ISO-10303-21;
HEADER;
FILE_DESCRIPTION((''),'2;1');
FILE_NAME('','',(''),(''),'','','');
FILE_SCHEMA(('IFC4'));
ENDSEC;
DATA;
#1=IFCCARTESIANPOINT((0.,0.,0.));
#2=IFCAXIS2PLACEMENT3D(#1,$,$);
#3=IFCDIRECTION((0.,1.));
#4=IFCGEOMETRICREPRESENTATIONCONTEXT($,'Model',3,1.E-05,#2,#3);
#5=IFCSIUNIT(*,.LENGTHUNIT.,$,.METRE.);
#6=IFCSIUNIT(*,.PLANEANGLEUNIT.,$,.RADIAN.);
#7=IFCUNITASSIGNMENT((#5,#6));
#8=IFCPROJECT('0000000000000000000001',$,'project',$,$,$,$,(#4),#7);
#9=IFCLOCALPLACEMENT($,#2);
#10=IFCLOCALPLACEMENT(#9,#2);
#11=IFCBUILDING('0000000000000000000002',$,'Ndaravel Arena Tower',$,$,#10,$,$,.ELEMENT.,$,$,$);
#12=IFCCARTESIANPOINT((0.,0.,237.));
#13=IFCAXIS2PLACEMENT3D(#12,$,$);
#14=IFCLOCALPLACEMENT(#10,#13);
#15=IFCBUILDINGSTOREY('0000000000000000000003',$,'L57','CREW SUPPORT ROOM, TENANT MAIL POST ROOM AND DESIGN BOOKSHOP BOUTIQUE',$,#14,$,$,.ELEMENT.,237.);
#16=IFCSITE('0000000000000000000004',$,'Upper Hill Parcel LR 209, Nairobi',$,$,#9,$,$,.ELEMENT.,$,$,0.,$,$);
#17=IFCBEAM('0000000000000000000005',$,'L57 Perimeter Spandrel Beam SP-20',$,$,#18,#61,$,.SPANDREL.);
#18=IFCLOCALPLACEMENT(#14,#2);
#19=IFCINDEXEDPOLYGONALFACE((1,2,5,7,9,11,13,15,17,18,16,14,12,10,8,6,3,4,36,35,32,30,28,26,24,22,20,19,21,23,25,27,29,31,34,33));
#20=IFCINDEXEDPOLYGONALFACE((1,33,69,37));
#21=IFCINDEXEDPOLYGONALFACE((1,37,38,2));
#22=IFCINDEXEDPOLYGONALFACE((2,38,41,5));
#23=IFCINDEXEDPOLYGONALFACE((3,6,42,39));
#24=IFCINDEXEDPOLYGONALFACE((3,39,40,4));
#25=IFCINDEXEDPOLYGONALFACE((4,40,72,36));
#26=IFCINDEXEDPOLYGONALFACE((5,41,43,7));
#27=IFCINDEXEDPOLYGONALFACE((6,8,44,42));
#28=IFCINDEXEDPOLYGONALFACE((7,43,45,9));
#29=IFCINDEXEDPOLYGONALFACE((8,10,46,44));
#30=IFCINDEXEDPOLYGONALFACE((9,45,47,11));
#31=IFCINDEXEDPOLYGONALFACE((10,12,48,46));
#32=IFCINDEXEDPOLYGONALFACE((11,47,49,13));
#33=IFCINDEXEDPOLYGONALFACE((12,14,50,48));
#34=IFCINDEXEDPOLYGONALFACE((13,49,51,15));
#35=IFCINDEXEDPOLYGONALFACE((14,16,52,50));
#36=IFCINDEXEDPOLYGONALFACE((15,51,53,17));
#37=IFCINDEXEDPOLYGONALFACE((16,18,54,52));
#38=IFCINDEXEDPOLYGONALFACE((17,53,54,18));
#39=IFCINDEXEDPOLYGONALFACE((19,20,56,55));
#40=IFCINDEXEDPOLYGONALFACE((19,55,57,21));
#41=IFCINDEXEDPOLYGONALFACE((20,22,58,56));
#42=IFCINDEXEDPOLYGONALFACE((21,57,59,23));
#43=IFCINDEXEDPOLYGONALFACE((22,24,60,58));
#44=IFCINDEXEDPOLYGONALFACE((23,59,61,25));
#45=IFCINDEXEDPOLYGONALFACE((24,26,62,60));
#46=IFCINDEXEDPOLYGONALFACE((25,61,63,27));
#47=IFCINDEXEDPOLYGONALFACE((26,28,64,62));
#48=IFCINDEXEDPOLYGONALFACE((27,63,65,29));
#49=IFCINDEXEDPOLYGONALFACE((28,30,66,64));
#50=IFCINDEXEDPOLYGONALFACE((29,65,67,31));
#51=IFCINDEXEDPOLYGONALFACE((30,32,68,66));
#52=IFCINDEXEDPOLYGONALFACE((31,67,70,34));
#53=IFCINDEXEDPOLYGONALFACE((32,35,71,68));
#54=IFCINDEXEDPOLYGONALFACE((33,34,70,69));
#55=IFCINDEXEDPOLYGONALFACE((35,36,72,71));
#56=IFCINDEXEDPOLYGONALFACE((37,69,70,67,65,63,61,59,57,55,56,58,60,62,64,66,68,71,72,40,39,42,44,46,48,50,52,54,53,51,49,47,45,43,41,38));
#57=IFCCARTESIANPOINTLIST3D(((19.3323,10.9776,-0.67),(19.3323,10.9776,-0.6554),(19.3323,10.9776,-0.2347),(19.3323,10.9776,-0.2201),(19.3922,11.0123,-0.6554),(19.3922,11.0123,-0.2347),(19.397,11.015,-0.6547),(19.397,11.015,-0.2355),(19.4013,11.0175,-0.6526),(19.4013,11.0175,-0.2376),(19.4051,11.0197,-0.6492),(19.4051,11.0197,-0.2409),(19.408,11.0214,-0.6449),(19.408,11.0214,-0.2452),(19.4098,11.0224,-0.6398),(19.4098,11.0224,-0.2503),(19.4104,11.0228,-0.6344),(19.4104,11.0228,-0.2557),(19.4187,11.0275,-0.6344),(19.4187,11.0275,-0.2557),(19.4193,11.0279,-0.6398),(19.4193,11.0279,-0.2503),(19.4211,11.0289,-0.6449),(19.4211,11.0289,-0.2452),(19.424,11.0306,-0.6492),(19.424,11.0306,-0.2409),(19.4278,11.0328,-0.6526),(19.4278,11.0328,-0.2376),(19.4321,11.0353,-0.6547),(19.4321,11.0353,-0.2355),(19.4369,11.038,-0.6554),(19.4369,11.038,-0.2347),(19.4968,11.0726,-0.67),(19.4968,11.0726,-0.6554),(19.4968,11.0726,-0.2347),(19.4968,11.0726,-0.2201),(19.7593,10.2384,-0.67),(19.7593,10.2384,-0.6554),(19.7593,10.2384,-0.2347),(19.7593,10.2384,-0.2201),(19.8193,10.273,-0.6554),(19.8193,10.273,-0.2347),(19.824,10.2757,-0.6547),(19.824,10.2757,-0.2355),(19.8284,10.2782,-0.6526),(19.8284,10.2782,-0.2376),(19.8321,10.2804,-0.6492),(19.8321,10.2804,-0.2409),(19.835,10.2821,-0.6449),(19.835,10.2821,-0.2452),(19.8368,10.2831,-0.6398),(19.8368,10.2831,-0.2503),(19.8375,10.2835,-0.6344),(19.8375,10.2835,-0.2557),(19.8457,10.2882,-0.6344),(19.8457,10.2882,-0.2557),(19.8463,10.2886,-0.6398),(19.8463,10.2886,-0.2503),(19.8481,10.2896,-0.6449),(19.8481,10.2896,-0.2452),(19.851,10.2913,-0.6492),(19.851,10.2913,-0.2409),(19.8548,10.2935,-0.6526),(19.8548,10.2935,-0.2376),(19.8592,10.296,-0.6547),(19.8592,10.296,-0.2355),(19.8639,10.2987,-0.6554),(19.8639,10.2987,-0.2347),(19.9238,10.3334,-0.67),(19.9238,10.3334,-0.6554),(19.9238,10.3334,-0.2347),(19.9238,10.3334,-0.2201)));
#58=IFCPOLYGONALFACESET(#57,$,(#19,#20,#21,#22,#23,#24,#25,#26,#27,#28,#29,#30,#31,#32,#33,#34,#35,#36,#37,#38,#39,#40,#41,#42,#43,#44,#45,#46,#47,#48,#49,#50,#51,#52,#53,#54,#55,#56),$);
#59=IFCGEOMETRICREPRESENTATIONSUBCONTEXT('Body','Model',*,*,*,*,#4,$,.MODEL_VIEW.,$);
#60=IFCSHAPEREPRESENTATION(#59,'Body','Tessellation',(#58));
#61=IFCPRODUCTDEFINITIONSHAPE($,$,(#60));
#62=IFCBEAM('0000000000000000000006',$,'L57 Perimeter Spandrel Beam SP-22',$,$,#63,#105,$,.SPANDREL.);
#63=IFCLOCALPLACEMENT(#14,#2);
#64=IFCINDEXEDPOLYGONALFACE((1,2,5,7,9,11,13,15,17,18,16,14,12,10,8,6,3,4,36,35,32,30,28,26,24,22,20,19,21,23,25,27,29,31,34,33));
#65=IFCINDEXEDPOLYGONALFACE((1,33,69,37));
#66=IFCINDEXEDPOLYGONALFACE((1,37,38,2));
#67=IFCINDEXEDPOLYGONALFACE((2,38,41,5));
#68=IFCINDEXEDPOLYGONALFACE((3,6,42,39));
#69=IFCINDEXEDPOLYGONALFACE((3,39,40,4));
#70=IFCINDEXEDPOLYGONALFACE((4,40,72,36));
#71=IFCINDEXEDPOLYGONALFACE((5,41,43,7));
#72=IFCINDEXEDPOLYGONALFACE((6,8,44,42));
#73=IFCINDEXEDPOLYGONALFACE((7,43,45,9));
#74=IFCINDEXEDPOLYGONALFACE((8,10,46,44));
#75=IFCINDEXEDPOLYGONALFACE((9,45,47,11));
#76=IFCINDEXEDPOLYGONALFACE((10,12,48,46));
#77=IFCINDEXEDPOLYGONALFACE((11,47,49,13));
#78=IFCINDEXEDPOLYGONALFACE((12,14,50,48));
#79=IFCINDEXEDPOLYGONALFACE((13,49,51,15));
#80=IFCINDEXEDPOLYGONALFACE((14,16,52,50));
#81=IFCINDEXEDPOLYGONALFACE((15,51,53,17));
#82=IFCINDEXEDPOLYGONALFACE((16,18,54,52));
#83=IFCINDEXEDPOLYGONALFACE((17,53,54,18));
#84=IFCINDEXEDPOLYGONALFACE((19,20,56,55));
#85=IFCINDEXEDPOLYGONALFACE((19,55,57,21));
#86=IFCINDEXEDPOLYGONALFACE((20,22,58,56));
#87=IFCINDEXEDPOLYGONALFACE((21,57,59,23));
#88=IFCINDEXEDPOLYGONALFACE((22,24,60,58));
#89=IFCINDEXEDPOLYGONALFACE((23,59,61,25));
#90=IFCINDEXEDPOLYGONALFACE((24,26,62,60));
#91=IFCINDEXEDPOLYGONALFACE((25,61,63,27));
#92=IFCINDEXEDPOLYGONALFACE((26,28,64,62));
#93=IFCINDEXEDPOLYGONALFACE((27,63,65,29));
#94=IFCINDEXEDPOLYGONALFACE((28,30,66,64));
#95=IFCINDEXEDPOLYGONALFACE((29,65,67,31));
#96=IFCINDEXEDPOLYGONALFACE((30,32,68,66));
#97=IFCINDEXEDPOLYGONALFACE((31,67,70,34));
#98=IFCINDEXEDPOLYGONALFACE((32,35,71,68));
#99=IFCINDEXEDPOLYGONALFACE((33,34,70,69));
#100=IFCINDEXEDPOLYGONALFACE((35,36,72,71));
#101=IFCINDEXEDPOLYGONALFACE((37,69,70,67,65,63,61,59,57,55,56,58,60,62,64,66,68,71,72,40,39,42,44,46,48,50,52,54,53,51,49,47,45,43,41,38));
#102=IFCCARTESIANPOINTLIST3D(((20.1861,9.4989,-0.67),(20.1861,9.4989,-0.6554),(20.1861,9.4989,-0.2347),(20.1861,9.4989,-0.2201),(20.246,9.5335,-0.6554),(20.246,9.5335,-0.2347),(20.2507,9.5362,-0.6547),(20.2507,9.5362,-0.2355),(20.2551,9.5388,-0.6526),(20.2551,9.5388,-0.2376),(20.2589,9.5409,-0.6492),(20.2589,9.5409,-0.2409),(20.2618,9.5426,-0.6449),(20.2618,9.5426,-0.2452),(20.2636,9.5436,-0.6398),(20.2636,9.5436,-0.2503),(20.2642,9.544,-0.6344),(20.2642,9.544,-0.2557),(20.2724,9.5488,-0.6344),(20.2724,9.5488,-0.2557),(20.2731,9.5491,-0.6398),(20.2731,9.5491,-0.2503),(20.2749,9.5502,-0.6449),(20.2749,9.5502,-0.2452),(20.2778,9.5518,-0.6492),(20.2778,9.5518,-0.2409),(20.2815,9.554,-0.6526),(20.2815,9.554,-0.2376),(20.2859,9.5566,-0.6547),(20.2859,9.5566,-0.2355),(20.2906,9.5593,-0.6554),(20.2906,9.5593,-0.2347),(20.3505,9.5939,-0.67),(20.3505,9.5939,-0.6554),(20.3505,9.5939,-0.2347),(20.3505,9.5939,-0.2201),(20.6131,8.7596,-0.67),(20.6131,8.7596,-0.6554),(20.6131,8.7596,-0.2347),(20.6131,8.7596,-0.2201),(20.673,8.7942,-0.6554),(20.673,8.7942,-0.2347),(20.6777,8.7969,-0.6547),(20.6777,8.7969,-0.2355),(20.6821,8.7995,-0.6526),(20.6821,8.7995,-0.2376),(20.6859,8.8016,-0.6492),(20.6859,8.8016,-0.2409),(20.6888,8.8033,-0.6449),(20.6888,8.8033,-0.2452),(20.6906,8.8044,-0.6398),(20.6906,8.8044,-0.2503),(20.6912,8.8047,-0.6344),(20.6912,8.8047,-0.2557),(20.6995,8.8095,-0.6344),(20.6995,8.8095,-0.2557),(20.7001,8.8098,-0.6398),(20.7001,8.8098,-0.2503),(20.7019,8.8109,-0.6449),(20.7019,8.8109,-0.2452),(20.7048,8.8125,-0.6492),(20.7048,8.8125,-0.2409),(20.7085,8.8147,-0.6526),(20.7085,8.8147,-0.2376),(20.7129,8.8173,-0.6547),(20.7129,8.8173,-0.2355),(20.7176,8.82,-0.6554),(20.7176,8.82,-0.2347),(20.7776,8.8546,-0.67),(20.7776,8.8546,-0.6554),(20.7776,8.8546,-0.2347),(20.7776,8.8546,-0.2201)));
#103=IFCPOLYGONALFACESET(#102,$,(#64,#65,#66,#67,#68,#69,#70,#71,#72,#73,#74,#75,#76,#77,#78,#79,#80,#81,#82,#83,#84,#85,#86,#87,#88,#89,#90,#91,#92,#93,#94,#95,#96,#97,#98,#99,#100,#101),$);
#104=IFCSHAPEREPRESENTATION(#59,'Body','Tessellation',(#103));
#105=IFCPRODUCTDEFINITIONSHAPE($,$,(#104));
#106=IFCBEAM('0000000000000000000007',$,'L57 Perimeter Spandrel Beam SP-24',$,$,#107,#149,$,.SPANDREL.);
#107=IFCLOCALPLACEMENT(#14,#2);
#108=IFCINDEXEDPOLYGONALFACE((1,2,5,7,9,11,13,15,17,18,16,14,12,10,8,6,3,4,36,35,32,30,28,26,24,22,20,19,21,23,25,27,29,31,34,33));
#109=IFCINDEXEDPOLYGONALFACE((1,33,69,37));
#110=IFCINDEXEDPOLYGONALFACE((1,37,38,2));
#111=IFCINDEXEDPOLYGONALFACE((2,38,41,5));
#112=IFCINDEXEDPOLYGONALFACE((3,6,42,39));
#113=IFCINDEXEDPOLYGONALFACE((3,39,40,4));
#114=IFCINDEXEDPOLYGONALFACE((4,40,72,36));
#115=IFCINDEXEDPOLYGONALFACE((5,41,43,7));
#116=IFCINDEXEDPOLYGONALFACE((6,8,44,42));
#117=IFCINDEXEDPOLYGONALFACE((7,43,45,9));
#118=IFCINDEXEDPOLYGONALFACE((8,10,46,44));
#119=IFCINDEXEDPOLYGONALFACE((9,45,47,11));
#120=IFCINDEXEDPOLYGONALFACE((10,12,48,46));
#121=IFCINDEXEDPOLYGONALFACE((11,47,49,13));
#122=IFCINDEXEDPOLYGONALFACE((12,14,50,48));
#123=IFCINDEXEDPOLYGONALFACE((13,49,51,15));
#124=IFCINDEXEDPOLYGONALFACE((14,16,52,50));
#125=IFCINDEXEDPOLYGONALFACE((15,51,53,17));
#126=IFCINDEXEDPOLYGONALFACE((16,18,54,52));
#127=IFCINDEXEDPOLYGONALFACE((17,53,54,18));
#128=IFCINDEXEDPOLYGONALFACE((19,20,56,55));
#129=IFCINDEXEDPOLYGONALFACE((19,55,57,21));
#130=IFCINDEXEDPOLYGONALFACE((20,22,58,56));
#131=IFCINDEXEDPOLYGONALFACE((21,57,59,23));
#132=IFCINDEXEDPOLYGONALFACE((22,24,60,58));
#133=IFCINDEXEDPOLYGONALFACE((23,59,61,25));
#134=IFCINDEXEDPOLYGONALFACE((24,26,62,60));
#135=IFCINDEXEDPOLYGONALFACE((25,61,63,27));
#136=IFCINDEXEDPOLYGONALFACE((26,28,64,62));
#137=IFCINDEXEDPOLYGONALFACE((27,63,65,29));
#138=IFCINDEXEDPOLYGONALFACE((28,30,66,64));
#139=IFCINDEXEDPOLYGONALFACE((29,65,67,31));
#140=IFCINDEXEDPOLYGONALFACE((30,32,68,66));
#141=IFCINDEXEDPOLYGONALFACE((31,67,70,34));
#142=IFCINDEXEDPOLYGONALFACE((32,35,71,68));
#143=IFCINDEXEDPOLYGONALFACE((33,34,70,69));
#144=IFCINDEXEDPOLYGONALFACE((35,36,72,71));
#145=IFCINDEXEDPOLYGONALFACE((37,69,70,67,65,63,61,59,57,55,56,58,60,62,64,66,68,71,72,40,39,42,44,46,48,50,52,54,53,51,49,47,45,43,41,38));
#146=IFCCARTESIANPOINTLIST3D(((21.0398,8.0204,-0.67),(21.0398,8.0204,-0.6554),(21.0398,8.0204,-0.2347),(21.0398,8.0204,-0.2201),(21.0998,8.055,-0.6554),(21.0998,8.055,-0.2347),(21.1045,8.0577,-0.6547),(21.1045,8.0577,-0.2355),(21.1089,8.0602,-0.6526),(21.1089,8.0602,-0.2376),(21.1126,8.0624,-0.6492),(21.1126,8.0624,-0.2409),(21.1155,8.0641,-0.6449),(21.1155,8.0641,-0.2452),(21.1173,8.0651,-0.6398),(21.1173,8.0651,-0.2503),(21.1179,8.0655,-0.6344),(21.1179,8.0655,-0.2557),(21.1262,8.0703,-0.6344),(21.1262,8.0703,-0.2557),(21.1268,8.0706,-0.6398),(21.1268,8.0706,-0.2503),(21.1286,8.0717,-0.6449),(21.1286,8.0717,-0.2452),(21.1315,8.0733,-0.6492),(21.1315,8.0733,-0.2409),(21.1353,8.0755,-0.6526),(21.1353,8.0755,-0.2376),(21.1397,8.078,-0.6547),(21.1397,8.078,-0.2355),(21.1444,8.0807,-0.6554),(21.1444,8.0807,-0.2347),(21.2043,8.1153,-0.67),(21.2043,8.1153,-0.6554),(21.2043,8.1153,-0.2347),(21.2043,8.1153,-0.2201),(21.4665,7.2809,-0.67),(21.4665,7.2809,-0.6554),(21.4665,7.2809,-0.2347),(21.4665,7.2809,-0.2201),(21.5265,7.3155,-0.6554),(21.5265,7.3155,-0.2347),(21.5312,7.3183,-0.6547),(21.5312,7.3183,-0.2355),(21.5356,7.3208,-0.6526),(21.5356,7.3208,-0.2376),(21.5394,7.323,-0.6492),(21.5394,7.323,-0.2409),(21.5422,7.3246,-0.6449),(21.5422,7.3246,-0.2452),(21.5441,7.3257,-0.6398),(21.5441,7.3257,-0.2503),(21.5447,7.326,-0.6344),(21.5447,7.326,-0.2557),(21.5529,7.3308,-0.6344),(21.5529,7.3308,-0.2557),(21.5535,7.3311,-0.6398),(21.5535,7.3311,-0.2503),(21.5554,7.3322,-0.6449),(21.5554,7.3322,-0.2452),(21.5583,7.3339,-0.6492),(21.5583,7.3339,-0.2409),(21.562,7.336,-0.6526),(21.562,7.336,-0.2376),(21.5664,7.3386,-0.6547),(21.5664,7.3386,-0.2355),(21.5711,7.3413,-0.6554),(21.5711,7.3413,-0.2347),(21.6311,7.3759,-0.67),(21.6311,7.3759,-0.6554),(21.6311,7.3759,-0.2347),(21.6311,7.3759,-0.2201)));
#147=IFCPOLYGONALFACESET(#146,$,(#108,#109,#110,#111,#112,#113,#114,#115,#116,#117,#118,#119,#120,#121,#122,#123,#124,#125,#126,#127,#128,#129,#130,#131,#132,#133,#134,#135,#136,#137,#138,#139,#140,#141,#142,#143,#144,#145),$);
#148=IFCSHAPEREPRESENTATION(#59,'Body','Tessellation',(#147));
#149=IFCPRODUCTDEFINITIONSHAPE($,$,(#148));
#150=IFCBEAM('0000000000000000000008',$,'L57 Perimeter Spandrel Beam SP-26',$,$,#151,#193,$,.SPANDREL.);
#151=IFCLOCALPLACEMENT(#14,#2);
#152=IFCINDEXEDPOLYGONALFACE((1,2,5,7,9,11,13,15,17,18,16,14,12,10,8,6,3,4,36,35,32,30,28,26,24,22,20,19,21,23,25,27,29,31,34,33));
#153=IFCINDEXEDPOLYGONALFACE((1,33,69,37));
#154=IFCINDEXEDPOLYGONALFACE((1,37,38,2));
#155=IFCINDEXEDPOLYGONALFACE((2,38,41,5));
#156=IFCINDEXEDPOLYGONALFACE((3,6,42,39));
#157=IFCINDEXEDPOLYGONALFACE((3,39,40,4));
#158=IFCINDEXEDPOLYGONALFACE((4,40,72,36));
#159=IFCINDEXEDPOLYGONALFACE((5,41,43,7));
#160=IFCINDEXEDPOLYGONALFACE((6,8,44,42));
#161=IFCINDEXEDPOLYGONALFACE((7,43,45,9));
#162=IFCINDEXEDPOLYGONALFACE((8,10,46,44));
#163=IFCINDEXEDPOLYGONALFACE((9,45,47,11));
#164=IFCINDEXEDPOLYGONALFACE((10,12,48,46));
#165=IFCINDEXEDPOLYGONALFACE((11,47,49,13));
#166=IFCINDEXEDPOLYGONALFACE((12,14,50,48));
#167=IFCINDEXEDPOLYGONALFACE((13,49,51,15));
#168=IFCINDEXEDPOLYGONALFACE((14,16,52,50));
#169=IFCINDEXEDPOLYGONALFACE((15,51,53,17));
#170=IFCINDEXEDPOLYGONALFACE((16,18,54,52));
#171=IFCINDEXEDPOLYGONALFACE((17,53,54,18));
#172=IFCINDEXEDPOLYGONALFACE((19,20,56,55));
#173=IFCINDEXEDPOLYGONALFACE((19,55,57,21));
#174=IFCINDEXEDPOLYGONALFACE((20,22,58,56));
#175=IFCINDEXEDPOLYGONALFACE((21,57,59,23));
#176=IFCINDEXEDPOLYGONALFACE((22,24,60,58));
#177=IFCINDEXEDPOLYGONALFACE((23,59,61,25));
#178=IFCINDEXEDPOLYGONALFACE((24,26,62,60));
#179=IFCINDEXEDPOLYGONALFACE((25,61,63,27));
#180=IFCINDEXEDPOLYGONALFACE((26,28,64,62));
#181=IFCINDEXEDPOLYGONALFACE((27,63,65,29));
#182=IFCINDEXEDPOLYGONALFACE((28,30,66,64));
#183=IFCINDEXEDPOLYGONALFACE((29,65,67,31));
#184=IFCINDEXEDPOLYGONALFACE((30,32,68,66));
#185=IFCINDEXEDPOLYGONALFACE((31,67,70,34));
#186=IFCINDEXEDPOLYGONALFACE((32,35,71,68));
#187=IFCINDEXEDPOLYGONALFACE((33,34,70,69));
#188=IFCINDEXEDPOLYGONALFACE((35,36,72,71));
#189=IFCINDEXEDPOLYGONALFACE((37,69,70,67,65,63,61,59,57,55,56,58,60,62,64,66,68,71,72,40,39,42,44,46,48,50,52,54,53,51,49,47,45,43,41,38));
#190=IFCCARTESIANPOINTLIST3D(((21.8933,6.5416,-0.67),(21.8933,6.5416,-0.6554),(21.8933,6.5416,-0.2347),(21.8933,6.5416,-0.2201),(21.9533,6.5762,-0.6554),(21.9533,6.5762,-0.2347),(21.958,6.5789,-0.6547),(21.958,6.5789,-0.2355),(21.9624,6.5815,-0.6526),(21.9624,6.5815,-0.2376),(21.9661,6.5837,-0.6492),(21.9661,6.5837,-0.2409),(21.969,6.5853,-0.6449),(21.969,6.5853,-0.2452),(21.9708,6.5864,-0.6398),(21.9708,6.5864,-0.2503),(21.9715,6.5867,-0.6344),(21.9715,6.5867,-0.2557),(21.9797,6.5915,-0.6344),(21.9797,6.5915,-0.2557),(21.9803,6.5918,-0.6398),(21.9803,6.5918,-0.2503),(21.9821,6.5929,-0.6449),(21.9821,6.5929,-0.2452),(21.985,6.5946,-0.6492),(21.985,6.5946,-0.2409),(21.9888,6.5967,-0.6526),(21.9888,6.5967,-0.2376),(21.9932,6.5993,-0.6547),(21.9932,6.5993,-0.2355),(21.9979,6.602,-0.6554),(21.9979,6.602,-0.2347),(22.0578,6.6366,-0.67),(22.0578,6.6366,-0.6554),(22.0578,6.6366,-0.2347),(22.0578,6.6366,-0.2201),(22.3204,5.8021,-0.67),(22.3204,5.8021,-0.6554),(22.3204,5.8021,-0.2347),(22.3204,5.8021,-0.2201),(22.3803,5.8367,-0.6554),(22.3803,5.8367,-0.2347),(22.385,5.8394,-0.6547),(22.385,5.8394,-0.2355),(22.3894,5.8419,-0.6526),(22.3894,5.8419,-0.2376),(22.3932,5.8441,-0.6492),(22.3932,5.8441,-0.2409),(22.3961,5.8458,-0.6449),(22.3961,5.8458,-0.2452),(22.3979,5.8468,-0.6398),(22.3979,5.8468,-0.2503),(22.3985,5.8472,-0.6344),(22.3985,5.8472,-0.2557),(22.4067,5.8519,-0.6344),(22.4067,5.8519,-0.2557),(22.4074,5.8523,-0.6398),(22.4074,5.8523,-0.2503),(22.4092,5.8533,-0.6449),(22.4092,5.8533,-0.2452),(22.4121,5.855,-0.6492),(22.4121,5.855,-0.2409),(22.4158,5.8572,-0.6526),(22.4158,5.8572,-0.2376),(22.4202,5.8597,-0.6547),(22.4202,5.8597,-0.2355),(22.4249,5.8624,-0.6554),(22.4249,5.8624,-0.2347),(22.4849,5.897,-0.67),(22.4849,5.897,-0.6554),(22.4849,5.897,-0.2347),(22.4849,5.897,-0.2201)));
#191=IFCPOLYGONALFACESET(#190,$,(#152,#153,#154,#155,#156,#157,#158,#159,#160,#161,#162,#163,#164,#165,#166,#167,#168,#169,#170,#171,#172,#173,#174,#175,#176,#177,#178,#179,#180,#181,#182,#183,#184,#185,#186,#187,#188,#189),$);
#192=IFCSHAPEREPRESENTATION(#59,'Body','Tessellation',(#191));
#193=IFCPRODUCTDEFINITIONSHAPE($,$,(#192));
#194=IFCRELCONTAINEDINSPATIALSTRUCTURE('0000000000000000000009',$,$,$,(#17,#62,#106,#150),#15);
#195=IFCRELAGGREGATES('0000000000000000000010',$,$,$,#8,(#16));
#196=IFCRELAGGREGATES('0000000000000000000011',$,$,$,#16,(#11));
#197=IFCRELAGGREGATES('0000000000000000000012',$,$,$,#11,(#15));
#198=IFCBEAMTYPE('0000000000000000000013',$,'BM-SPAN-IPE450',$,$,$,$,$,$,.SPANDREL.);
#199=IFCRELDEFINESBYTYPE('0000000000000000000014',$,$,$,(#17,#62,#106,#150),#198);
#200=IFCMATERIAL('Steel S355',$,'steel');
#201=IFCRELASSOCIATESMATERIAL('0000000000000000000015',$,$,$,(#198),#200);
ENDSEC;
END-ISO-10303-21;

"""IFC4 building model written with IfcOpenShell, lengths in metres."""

from ifc_helpers import new_model, si_unit, direction, frame, origin, origin_2d, place, context, subcontext, project, spatial, i_section, extrude, material, material_profile, profile_set, type_object, element, save


model = new_model("IFC4")

# Units and contexts
model_context = context("Model", 3, precision=1e-05, world=origin(), true_north=direction((0.0, 1.0)))
body_context = subcontext(model_context, "Body", "Model", "MODEL_VIEW")
ifc_project = project(units=[si_unit("LENGTHUNIT", "METRE"), si_unit("PLANEANGLEUNIT", "RADIAN")], contexts=[model_context])

# Site, building, storey
site_placement = place(None, origin())
site = spatial("IfcSite", under=ifc_project, at=site_placement, Name="Upper Hill Parcel LR 209, Nairobi", CompositionType="ELEMENT", RefElevation=0.0)
building_placement = place(site_placement, origin())
building = spatial("IfcBuilding", under=site, at=building_placement, Name="Ndaravel Arena Tower", CompositionType="ELEMENT")
storey_placement = place(building_placement, frame((0.0, 0.0, 237.0)))
storey = spatial("IfcBuildingStorey", under=building, at=storey_placement, Name="L57", Description="CREW SUPPORT ROOM, TENANT MAIL POST ROOM AND DESIGN BOOKSHOP BOUTIQUE", CompositionType="ELEMENT", Elevation=237.0)

# Beams
ifc_material_1 = material(Name="Steel S355", Category="steel")
ifc_material_profile_1 = material_profile(ifc_material_1, i_section(OverallWidth=0.1899, OverallDepth=0.45, WebThickness=0.0095, FlangeThickness=0.0146, FilletRadius=0.021, at=origin_2d()), Name="IPE 450")
ifc_profile_set_1 = profile_set([ifc_material_profile_1], Name="Steel S355")
beam_type = type_object("IfcBeamType", Name="BM-SPAN-IPE450", PredefinedType="SPANDREL", material=ifc_profile_set_1)
for number, where, z_axis, x_axis, name in (
    (1, (19.4146, 11.0251, -0.4451), (0.500168, -0.865928, 0.0), (0.865928, 0.500168, 0.0), "L57 Perimeter Spandrel Beam SP-20"),
    (2, (20.2683, 9.5464, -0.4451), (0.500168, -0.865928, 0.0), (0.865928, 0.500168, 0.0), "L57 Perimeter Spandrel Beam SP-22"),
    (3, (21.1221, 8.0679, -0.4451), (0.49983, -0.866124, 0.0), (0.866124, 0.49983, 0.0), "L57 Perimeter Spandrel Beam SP-24"),
):
    element("IfcBeam", number, at=place(storey_placement, frame(where, z_axis=z_axis, x_axis=x_axis)), inside=storey, type_object=beam_type, Name=name, PredefinedType="SPANDREL", context=body_context, shape_type="SweptSolid", body=[
        extrude(i_section(OverallWidth=0.1899, OverallDepth=0.45, WebThickness=0.0095, FlangeThickness=0.0146, FilletRadius=0.021, at=origin_2d()), origin(), (0.0, 0.0, 1.0), 0.8538),
    ])
beam_1_placement = place(storey_placement, frame((21.9756, 6.5891, -0.4451), z_axis=(0.500044, -0.866, 0.0), x_axis=(0.866, 0.500044, 0.0)))
element("IfcBeam", 4, at=beam_1_placement, inside=storey, type_object=beam_type, Name="L57 Perimeter Spandrel Beam SP-26", PredefinedType="SPANDREL", context=body_context, shape_type="SweptSolid", body=[
    extrude(i_section(OverallWidth=0.1899, OverallDepth=0.45, WebThickness=0.0095, FlangeThickness=0.0146, FilletRadius=0.021, at=origin_2d()), origin(), (0.0, 0.0, 1.0), 0.854),
])

save(model, "model.ifc")
